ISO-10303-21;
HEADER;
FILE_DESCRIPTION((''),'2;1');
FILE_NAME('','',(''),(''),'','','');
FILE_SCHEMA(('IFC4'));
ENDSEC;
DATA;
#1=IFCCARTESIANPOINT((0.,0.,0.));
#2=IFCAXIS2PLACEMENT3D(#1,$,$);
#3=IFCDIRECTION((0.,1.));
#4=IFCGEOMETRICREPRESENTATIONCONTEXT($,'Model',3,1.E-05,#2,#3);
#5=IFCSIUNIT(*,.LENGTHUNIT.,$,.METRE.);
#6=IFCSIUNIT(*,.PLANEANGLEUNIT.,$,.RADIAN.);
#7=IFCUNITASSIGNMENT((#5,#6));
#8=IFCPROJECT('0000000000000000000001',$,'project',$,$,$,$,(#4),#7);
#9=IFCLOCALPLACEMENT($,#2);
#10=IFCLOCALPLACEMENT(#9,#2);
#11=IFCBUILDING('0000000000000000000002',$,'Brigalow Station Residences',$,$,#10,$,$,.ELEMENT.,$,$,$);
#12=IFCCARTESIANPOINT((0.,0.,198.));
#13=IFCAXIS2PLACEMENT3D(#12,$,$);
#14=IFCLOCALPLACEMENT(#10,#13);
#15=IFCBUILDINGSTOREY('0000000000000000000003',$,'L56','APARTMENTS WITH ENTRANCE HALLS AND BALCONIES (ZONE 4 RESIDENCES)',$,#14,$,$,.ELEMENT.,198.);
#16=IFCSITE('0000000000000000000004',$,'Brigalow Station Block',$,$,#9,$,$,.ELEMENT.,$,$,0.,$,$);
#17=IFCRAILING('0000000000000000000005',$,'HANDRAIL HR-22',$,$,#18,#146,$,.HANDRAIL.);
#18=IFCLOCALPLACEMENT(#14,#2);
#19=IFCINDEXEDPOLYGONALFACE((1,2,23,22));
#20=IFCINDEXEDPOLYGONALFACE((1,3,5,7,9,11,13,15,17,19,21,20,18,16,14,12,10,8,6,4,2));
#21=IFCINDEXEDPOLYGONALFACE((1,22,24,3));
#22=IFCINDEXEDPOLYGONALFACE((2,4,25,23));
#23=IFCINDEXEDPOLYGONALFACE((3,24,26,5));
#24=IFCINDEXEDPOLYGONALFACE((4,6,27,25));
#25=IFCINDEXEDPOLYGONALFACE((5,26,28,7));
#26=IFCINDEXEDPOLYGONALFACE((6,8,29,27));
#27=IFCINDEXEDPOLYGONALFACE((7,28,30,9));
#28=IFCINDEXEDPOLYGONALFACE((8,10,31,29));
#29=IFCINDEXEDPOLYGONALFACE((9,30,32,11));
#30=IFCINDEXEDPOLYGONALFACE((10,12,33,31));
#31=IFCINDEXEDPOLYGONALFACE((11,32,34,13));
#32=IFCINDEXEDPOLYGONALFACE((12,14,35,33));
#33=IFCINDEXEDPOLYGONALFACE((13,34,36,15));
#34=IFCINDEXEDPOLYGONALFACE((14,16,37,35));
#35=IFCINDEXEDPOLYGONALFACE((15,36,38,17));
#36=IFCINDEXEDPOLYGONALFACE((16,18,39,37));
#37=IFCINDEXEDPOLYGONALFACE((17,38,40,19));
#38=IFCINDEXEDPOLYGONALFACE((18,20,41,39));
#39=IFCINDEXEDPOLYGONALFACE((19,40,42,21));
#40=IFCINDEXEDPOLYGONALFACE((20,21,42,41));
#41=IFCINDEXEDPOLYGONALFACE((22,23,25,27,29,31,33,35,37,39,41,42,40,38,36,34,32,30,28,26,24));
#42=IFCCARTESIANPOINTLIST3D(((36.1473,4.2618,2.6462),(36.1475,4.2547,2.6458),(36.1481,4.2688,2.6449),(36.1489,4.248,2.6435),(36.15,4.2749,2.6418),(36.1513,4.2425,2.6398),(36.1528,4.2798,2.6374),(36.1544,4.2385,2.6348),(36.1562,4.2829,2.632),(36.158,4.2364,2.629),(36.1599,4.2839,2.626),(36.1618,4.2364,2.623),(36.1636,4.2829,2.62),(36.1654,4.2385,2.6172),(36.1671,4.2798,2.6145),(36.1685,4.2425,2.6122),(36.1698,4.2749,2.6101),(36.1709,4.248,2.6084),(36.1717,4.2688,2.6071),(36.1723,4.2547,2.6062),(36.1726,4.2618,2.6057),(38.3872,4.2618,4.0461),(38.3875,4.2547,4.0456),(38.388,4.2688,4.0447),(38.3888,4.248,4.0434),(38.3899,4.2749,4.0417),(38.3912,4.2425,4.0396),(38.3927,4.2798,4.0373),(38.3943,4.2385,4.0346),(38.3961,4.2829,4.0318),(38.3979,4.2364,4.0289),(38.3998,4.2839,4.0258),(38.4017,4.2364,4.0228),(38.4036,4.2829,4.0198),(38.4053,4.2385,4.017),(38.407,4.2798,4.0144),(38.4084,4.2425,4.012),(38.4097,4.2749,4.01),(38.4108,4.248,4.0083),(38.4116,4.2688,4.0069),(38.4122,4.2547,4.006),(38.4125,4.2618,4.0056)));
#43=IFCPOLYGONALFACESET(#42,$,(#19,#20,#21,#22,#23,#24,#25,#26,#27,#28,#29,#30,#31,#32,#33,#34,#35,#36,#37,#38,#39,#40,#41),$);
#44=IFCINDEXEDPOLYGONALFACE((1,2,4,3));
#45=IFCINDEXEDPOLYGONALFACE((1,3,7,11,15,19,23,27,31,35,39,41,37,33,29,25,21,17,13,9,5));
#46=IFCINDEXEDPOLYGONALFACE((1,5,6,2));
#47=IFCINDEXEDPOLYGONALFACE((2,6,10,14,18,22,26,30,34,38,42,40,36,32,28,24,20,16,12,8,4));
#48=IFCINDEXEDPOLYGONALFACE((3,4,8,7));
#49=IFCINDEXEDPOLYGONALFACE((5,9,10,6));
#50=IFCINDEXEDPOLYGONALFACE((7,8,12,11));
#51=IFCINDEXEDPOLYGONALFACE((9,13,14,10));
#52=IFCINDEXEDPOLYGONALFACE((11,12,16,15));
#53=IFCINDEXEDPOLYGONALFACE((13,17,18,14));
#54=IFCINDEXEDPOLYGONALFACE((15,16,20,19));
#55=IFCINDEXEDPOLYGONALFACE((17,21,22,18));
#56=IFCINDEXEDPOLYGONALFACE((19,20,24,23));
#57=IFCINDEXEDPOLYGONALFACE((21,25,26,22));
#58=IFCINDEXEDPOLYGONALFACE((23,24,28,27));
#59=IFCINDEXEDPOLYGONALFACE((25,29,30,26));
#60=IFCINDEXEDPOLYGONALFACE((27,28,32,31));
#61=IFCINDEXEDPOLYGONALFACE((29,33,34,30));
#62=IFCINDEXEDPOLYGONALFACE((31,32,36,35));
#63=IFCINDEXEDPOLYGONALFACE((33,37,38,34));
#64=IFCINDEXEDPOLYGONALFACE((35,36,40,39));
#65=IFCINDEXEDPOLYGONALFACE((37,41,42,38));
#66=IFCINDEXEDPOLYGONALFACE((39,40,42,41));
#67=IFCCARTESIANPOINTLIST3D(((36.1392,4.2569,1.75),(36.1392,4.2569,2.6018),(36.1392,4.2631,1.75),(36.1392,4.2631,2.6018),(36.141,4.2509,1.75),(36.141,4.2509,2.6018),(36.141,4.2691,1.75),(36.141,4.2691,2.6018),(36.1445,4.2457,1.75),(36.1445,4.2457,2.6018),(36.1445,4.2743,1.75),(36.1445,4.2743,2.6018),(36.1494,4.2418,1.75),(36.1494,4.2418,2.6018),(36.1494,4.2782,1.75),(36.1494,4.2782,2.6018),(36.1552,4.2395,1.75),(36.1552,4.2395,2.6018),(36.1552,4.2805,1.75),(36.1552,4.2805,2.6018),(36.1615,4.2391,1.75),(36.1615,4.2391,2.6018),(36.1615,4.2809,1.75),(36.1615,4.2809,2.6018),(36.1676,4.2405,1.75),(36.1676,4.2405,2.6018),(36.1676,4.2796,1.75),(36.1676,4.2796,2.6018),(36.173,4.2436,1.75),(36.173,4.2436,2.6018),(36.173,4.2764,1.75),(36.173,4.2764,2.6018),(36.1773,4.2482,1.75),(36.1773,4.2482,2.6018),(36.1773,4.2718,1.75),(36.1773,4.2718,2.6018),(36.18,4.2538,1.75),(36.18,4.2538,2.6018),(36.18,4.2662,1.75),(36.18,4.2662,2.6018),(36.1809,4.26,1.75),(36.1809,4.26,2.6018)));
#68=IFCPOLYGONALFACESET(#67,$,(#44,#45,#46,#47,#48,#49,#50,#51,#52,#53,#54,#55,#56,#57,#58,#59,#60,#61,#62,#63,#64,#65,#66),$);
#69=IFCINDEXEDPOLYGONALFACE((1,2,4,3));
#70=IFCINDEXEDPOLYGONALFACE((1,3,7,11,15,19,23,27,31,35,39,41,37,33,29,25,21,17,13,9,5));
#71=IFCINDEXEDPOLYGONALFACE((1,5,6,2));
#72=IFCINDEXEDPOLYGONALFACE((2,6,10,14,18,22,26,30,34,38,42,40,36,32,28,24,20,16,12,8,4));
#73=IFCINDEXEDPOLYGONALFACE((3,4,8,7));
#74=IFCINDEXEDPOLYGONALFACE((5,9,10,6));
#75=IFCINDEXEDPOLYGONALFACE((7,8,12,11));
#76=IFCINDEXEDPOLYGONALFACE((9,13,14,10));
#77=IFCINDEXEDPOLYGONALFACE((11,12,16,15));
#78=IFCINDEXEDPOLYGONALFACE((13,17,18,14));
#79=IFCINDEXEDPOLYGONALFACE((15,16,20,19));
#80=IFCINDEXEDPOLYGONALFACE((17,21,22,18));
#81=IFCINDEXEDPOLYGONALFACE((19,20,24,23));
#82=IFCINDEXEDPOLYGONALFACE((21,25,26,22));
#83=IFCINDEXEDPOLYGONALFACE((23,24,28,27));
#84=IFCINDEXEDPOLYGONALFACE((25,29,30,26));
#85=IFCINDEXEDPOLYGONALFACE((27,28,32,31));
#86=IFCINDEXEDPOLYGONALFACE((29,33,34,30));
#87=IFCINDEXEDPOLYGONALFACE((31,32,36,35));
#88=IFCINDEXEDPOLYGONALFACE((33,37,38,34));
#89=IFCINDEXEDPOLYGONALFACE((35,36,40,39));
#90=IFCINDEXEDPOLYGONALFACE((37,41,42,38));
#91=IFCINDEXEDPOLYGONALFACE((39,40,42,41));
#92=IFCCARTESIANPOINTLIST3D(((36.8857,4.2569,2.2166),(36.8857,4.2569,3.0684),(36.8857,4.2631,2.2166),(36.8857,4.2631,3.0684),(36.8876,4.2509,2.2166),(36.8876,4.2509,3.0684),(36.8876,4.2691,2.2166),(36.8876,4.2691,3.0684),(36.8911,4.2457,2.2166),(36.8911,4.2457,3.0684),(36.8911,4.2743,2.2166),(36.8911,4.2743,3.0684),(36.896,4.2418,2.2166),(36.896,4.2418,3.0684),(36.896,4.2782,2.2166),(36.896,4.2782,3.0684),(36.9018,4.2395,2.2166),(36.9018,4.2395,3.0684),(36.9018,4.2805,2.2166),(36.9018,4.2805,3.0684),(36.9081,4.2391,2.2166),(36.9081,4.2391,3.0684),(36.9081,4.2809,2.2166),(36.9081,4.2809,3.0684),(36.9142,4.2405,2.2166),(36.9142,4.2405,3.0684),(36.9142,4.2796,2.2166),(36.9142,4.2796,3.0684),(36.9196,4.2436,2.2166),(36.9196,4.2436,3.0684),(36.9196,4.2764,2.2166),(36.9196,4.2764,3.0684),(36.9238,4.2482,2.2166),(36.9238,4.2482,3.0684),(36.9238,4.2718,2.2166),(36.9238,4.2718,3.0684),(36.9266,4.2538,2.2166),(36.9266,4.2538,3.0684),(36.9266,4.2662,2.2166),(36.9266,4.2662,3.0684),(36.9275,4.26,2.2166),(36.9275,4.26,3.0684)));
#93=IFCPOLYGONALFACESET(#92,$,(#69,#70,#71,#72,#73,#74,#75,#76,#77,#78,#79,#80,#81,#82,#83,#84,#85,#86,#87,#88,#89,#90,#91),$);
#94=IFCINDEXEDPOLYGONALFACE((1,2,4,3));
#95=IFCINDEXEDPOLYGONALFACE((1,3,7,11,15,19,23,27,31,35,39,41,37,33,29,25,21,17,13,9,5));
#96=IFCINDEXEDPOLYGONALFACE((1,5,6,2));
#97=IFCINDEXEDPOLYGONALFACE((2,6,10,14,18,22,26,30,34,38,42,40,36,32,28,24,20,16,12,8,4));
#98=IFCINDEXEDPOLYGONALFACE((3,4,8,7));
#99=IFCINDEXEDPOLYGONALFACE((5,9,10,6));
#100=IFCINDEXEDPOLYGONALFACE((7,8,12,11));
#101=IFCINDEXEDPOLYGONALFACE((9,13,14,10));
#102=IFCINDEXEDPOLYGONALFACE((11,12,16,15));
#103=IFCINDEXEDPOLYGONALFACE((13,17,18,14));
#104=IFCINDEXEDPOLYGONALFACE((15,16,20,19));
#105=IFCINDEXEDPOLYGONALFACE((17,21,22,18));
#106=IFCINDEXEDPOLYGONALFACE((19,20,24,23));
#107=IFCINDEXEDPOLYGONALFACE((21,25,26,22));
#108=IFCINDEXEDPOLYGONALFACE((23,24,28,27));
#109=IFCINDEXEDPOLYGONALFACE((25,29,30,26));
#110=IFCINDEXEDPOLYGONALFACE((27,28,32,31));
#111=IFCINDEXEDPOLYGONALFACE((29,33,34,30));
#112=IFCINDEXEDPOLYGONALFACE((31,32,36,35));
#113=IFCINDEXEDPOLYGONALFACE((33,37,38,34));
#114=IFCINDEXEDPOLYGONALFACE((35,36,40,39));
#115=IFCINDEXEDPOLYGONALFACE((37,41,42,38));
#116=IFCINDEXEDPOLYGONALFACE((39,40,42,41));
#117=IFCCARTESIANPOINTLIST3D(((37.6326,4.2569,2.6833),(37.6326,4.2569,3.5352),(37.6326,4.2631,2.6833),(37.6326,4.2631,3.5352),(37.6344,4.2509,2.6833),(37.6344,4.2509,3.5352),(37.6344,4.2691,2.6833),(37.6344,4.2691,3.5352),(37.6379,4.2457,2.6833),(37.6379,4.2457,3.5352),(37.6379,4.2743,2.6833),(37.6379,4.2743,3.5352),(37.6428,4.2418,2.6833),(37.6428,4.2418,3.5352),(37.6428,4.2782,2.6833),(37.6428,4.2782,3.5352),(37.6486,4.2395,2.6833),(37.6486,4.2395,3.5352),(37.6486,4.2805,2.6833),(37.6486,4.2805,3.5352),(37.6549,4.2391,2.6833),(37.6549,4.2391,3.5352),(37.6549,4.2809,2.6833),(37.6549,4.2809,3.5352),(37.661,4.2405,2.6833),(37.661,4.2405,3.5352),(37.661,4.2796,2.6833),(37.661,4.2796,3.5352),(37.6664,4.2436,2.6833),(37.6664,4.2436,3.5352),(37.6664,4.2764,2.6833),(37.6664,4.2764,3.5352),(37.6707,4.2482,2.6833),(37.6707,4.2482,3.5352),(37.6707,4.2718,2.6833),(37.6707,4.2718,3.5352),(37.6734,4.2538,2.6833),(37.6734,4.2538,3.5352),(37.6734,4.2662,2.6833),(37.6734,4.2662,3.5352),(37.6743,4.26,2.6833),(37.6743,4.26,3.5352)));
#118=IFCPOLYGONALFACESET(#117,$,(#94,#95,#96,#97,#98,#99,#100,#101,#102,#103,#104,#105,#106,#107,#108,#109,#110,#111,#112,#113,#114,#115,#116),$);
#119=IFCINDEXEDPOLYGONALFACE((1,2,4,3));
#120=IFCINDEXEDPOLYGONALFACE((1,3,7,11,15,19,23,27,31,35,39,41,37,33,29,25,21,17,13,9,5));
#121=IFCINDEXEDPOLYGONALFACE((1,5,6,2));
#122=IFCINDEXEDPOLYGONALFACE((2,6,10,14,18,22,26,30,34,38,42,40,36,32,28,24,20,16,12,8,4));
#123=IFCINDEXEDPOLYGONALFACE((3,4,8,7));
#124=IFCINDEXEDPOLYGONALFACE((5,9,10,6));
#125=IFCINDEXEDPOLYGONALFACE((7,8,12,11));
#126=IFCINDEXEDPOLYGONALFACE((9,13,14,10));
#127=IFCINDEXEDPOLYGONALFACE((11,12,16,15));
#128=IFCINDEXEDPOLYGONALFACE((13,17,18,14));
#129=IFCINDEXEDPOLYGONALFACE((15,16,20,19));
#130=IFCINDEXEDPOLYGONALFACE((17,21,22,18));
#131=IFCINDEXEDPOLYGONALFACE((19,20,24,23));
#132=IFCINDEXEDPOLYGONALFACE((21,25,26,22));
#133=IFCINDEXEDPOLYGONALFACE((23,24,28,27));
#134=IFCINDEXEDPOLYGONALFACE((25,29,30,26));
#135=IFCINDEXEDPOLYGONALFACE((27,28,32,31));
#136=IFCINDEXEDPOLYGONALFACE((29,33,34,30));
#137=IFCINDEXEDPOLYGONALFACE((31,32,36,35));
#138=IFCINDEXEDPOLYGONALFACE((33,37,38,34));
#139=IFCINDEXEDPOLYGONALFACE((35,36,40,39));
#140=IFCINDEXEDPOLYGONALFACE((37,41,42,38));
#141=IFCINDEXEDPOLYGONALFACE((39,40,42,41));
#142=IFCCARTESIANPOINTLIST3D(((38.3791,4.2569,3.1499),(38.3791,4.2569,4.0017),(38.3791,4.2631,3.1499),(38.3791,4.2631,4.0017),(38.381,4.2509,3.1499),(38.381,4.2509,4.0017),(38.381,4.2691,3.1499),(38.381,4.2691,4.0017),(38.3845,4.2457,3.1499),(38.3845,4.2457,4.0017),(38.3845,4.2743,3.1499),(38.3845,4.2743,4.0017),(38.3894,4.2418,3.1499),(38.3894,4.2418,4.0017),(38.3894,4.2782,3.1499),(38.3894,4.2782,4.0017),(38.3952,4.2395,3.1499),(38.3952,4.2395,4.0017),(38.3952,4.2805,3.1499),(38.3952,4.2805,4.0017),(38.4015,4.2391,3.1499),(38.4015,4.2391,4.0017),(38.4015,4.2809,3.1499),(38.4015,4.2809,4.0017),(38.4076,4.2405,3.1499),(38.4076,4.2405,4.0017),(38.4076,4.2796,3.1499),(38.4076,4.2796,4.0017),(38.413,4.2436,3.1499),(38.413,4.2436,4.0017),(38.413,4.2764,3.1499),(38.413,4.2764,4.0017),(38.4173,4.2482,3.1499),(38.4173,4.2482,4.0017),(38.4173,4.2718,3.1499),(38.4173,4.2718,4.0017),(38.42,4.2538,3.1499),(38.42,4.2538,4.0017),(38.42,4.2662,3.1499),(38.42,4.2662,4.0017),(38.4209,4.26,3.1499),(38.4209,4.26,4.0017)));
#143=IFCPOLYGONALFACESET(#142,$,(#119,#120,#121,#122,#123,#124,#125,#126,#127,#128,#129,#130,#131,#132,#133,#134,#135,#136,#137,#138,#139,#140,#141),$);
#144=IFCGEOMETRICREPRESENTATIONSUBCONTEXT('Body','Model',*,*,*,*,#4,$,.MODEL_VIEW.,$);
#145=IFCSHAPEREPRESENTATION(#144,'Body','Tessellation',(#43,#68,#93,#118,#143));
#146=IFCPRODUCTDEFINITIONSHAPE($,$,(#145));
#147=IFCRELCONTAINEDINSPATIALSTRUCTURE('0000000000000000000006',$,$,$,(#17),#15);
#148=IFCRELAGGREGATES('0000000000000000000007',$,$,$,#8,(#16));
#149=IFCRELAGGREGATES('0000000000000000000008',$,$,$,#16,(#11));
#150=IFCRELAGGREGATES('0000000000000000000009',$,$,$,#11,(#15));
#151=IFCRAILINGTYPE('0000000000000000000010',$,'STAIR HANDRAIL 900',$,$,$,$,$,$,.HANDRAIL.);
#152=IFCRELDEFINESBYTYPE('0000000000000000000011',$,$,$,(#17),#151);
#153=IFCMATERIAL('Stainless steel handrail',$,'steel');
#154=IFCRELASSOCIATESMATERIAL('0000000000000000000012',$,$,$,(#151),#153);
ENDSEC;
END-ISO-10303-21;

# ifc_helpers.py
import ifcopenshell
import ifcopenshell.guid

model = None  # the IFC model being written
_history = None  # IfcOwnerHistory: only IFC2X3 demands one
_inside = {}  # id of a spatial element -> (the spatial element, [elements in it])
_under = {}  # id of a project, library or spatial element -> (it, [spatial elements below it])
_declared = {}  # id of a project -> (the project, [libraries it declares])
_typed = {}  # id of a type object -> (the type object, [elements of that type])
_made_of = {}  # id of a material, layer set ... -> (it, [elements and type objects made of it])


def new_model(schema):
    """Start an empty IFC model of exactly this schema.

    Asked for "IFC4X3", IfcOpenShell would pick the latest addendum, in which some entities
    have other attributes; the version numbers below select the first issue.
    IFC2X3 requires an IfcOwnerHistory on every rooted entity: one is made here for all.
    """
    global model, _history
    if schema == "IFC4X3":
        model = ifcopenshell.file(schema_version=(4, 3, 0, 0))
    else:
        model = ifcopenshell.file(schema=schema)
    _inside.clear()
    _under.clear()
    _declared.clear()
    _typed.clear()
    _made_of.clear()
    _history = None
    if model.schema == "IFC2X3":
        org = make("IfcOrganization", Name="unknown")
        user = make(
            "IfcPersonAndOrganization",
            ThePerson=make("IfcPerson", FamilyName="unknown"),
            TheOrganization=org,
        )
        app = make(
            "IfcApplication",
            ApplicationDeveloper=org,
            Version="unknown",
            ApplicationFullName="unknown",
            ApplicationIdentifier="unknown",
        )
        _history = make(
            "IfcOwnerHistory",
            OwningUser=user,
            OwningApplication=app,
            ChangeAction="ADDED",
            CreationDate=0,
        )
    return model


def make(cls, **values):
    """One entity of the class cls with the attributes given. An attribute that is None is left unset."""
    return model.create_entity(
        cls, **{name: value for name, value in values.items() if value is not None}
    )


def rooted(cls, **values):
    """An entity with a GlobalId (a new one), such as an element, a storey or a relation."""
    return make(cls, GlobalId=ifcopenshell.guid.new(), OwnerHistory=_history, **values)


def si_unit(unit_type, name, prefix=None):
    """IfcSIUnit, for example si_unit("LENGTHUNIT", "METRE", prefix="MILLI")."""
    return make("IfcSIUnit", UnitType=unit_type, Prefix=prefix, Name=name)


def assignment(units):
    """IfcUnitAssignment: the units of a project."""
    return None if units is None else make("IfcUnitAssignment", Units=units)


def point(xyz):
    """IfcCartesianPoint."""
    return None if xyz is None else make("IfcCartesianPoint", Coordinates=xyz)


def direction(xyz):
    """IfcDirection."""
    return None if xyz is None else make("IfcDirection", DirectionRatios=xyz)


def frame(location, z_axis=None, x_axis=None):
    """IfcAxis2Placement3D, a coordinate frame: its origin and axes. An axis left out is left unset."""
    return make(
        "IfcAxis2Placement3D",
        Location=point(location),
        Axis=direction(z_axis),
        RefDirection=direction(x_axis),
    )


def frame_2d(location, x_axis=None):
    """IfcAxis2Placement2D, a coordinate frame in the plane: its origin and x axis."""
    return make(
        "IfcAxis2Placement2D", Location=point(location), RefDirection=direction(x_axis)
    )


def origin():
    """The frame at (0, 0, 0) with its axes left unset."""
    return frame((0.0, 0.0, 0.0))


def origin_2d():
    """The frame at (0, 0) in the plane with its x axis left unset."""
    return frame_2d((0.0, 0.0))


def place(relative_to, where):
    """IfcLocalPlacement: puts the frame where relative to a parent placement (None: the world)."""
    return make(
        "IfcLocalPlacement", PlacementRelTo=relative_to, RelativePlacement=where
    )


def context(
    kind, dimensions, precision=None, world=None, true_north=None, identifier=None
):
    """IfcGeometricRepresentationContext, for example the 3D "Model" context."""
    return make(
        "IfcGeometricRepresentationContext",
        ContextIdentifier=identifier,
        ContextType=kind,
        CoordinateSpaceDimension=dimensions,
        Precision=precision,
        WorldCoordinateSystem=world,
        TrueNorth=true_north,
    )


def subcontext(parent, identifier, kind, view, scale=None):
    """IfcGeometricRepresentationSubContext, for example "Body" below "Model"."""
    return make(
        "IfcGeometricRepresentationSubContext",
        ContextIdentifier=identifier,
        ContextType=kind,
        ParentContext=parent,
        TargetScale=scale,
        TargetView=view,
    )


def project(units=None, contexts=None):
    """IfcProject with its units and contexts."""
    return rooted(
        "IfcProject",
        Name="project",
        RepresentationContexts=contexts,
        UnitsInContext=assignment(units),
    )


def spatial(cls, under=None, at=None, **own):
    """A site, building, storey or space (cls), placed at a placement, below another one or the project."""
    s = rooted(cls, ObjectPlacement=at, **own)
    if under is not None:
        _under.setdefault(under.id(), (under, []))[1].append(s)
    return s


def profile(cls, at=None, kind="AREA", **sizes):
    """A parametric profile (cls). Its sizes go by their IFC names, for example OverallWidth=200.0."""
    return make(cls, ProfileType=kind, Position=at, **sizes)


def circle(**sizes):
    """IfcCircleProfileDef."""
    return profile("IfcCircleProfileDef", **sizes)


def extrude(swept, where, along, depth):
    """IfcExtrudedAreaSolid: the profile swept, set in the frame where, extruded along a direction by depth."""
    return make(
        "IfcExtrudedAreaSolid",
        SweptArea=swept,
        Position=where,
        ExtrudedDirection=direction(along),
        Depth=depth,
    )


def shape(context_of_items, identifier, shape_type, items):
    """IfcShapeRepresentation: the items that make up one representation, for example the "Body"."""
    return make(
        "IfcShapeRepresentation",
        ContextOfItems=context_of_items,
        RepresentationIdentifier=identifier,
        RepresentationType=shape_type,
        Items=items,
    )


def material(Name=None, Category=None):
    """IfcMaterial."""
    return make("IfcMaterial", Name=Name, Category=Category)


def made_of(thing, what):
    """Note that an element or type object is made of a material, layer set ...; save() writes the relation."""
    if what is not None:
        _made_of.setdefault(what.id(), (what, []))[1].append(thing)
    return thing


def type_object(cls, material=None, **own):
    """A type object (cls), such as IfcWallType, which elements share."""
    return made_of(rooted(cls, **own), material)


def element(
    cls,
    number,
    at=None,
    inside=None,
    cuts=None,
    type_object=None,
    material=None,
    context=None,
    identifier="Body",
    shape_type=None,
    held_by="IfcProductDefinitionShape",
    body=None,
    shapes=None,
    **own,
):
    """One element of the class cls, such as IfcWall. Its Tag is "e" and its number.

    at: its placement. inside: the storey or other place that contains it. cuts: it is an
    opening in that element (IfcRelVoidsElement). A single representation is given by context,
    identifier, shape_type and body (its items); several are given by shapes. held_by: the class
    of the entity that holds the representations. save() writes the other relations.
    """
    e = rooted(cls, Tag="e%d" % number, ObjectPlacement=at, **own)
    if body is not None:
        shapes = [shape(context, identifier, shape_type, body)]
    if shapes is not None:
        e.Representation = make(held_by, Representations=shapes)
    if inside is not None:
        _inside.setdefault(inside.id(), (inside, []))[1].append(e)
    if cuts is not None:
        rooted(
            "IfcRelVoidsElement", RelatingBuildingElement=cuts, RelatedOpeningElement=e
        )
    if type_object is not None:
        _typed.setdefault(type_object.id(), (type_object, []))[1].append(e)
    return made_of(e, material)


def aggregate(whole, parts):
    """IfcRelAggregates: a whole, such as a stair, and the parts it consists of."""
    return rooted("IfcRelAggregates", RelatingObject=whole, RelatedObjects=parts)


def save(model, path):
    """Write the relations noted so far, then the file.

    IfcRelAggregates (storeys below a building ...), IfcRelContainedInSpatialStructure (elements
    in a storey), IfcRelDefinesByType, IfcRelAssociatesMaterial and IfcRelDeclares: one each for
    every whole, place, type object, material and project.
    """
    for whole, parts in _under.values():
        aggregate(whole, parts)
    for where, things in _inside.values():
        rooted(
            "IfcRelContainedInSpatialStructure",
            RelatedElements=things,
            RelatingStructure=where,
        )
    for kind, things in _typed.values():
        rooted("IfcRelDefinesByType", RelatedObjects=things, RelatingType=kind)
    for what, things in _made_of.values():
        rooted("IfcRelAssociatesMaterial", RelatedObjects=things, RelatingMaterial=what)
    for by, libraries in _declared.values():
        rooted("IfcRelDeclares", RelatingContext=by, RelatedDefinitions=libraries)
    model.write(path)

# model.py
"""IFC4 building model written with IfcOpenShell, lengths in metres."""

from ifc_helpers import new_model, si_unit, direction, frame, origin, origin_2d, place, context, subcontext, project, spatial, circle, extrude, material, type_object, element, save


model = new_model("IFC4")

# Units and contexts
model_context = context("Model", 3, precision=1e-05, world=origin(), true_north=direction((0.0, 1.0)))
body_context = subcontext(model_context, "Body", "Model", "MODEL_VIEW")
ifc_project = project(units=[si_unit("LENGTHUNIT", "METRE"), si_unit("PLANEANGLEUNIT", "RADIAN")], contexts=[model_context])

# Site, building, storey
site_placement = place(None, origin())
site = spatial("IfcSite", under=ifc_project, at=site_placement, Name="Brigalow Station Block", CompositionType="ELEMENT", RefElevation=0.0)
building_placement = place(site_placement, origin())
building = spatial("IfcBuilding", under=site, at=building_placement, Name="Brigalow Station Residences", CompositionType="ELEMENT")
storey_placement = place(building_placement, frame((0.0, 0.0, 198.0)))
storey = spatial("IfcBuildingStorey", under=building, at=storey_placement, Name="L56", Description="APARTMENTS WITH ENTRANCE HALLS AND BALCONIES (ZONE 4 RESIDENCES)", CompositionType="ELEMENT", Elevation=198.0)

# Railing
ifc_material_1 = material(Name="Stainless steel handrail", Category="steel")
railing_type = type_object("IfcRailingType", Name="STAIR HANDRAIL 900", PredefinedType="HANDRAIL", material=ifc_material_1)
railing_placement = place(storey_placement, frame((36.1599, 4.26, 1.75)))
element("IfcRailing", 1, at=railing_placement, inside=storey, type_object=railing_type, Name="HANDRAIL HR-22", PredefinedType="HANDRAIL", context=body_context, shape_type="SweptSolid", body=[
    extrude(circle(Radius=0.0239, at=origin_2d()), frame((0.0, 0.0, 0.876), z_axis=(0.848014, 0.0, 0.529974), x_axis=(0.0, 1.0, 0.0)), (0.0, 0.0, 1.0), 2.6414),
    extrude(circle(Radius=0.021, at=origin_2d()), origin(), (0.0, 0.0, 1.0), 0.8518),
    extrude(circle(Radius=0.021, at=origin_2d()), frame((0.7466, 0.0, 0.4666)), (0.0, 0.0, 1.0), 0.8518),
    extrude(circle(Radius=0.021, at=origin_2d()), frame((1.4934, 0.0, 0.9333)), (0.0, 0.0, 1.0), 0.8518),
    extrude(circle(Radius=0.021, at=origin_2d()), frame((2.24, 0.0, 1.3999)), (0.0, 0.0, 1.0), 0.8518),
])

save(model, "model.ifc")
